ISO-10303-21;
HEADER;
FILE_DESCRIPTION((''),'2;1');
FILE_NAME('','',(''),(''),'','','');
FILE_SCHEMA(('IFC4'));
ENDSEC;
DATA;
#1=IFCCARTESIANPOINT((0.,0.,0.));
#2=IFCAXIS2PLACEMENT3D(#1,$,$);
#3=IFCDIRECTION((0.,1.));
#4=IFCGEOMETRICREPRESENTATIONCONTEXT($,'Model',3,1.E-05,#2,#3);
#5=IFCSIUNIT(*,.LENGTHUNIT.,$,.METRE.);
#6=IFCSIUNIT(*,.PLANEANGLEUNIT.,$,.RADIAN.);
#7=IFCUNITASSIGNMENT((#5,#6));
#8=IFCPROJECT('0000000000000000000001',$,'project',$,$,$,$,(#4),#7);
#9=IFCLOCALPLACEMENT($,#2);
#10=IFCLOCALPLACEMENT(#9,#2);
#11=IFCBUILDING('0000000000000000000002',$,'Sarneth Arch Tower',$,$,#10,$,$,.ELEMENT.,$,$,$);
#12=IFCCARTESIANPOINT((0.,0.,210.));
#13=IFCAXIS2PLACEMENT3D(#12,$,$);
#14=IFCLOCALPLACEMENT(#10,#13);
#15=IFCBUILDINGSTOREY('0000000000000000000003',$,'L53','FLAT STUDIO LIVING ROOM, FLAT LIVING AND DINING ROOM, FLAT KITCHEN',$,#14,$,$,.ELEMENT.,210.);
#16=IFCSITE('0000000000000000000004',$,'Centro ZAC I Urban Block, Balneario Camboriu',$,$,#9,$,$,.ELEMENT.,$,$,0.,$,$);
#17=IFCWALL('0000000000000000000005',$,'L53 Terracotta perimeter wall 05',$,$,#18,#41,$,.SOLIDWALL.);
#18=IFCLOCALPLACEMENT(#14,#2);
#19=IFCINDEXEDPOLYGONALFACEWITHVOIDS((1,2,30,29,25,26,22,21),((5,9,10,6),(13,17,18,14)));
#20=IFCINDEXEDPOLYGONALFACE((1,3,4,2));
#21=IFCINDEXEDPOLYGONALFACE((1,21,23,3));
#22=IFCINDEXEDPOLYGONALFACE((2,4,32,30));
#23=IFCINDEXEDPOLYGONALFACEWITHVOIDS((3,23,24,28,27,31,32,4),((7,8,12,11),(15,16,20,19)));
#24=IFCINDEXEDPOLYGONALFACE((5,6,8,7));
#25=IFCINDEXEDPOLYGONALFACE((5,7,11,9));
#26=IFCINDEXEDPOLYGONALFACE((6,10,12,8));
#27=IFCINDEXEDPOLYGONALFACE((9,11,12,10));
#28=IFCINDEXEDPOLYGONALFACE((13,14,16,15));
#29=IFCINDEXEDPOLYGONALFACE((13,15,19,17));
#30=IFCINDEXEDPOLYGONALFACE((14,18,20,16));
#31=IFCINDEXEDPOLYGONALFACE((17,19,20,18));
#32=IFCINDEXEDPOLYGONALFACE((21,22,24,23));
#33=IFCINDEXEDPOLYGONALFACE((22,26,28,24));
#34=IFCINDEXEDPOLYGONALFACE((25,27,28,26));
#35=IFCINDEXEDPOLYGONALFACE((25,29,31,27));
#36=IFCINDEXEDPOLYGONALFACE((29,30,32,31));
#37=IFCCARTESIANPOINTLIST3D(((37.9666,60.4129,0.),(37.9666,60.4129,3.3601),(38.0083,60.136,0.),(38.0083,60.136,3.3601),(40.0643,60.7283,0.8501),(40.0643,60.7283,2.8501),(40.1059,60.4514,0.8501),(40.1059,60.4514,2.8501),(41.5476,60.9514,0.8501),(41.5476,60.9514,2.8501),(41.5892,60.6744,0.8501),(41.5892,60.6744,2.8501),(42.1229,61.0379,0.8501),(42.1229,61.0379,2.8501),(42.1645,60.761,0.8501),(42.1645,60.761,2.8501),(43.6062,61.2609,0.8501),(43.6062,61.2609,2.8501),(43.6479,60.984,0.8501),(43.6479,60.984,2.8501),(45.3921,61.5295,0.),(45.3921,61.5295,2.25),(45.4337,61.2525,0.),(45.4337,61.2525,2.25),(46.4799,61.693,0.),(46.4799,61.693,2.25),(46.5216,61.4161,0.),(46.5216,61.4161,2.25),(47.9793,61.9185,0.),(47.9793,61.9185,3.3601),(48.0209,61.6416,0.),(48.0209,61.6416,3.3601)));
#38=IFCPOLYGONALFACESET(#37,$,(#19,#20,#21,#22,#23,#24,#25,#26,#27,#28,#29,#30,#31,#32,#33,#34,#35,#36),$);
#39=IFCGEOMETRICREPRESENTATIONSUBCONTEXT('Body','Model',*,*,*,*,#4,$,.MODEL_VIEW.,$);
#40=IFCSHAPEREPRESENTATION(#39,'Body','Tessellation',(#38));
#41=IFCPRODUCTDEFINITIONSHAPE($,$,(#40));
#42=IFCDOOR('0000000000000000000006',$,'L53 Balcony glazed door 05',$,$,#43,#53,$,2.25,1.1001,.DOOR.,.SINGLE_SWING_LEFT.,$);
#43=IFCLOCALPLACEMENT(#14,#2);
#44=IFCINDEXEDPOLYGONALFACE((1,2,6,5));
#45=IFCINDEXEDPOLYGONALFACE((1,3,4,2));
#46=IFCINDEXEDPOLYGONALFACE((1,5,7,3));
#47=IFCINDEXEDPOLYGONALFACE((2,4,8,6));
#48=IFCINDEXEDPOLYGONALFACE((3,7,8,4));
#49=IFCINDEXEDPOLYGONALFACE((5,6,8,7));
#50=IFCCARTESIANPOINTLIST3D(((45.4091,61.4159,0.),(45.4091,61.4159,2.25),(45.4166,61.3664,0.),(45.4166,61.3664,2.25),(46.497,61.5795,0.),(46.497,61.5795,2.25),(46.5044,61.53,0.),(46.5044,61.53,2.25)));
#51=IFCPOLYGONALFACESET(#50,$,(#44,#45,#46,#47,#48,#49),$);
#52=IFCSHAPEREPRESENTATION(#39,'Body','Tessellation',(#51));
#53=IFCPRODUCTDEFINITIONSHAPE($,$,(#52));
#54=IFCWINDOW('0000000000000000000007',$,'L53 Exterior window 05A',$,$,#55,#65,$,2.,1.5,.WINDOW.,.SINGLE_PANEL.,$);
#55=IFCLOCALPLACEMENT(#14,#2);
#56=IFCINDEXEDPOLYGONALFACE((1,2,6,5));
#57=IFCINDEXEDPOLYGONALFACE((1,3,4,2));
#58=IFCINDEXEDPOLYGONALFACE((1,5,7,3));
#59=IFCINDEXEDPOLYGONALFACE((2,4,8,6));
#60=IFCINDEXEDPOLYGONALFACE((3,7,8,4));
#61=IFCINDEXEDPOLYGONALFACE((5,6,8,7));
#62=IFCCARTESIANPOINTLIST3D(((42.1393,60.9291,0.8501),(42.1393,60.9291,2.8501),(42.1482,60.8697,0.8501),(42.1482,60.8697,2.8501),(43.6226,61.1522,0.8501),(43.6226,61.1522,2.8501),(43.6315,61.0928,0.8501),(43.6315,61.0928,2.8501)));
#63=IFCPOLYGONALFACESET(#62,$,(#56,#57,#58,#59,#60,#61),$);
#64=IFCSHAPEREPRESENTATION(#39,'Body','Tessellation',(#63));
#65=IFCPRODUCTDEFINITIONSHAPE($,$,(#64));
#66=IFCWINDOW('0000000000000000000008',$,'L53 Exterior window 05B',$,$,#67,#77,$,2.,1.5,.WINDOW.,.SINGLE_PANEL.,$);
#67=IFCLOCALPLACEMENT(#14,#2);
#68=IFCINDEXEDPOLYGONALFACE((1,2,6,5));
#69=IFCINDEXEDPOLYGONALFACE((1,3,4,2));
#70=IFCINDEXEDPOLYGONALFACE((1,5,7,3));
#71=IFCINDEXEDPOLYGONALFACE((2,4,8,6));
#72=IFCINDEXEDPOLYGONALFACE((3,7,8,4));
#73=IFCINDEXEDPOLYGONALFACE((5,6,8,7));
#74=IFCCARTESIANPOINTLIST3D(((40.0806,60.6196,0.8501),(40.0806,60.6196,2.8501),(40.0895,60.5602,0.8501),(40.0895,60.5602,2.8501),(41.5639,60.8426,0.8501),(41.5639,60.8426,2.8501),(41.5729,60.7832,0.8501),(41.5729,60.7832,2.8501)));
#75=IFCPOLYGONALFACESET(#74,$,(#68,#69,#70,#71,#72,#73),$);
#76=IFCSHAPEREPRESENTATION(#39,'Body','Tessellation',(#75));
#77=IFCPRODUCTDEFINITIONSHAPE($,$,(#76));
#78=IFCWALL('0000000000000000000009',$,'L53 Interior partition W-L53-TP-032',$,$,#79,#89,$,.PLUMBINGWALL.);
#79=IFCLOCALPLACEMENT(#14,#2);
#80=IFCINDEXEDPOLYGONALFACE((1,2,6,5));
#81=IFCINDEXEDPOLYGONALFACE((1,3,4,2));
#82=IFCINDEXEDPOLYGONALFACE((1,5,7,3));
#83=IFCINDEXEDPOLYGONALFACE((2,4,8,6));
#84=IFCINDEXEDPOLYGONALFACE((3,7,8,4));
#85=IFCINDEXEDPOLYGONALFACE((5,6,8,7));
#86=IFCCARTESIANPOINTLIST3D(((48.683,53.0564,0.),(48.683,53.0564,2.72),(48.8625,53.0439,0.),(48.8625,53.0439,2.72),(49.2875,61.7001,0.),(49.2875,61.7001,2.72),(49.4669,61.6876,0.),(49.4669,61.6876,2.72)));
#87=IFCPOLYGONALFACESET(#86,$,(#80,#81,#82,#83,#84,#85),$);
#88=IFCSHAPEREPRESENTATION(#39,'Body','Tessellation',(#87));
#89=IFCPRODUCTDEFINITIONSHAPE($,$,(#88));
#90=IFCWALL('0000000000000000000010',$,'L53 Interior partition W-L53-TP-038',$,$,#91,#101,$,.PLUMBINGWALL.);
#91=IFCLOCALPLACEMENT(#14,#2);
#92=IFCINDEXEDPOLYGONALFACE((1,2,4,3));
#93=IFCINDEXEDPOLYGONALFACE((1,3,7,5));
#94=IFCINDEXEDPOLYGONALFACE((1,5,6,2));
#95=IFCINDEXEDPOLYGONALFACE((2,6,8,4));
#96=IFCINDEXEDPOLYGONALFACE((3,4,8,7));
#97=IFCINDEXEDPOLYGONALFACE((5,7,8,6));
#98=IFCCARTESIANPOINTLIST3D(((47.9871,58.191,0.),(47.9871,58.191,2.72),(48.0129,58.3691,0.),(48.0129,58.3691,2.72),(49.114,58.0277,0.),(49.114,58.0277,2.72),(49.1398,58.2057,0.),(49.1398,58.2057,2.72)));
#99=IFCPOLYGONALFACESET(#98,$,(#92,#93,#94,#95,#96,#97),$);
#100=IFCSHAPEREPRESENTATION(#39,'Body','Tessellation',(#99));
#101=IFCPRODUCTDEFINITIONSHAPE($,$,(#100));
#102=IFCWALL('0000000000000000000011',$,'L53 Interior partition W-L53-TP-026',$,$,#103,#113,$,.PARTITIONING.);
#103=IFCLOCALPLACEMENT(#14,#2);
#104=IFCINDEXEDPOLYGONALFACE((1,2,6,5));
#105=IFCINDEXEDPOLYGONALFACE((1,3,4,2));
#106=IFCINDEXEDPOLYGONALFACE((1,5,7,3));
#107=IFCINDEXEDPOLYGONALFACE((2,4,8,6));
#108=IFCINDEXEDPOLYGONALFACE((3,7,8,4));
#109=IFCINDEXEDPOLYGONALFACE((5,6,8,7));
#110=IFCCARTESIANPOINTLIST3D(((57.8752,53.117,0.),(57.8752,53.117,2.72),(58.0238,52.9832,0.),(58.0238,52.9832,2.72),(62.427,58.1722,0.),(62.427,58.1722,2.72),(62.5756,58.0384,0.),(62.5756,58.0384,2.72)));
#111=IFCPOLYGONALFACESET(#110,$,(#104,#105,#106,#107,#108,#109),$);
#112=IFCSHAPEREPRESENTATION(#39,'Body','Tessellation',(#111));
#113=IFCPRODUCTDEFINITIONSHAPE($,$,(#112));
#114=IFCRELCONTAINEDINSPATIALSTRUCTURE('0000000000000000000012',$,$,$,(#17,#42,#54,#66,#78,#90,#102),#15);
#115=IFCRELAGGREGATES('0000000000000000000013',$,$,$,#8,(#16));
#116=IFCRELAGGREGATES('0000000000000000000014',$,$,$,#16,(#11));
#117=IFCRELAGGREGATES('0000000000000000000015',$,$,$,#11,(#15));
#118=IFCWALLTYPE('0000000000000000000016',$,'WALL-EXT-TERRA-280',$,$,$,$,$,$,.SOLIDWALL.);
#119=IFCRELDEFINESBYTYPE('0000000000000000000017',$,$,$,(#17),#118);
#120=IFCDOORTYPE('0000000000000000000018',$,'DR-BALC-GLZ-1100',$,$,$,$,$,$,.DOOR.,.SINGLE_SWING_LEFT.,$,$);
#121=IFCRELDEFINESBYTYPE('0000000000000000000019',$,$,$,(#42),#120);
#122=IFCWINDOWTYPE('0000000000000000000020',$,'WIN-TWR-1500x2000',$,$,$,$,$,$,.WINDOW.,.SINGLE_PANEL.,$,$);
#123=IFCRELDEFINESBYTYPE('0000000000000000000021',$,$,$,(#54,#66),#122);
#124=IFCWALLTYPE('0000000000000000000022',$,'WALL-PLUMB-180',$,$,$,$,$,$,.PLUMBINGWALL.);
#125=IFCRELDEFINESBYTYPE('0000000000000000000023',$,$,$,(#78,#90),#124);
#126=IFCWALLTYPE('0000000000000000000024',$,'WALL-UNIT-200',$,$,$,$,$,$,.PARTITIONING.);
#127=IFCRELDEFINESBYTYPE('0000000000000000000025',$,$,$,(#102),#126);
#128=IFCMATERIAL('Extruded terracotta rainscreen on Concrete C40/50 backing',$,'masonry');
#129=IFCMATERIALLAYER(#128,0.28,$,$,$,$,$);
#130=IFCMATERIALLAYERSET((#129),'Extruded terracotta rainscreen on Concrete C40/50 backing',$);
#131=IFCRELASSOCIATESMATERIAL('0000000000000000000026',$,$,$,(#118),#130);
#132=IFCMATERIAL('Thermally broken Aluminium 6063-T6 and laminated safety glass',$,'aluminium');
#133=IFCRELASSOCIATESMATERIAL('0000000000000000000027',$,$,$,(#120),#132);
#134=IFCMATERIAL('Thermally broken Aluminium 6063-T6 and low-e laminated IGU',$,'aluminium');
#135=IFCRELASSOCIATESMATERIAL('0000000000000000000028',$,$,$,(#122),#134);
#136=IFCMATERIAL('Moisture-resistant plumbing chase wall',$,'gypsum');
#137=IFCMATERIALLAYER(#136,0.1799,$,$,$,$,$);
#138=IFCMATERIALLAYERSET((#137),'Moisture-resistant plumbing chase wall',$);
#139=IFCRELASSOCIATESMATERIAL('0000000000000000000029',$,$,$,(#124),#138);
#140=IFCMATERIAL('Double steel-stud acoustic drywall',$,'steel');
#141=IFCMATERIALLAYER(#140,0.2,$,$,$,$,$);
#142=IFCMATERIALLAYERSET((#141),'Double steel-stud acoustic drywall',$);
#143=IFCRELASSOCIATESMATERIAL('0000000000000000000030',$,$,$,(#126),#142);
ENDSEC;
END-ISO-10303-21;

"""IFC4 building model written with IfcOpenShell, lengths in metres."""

from ifc_helpers import new_model, si_unit, direction, frame, frame_2d, origin, place, context, subcontext, project, spatial, rectangle, extrude, material, layer, layer_set, type_object, element, fill, save


model = new_model("IFC4")

# Units and contexts
model_context = context("Model", 3, precision=1e-05, world=origin(), true_north=direction((0.0, 1.0)))
body_context = subcontext(model_context, "Body", "Model", "MODEL_VIEW")
ifc_project = project(units=[si_unit("LENGTHUNIT", "METRE"), si_unit("PLANEANGLEUNIT", "RADIAN")], contexts=[model_context])

# Site, building, storey
site_placement = place(None, origin())
site = spatial("IfcSite", under=ifc_project, at=site_placement, Name="Centro ZAC I Urban Block, Balneario Camboriu", CompositionType="ELEMENT", RefElevation=0.0)
building_placement = place(site_placement, origin())
building = spatial("IfcBuilding", under=site, at=building_placement, Name="Sarneth Arch Tower", CompositionType="ELEMENT")
storey_placement = place(building_placement, frame((0.0, 0.0, 210.0)))
storey = spatial("IfcBuildingStorey", under=building, at=storey_placement, Name="L53", Description="FLAT STUDIO LIVING ROOM, FLAT LIVING AND DINING ROOM, FLAT KITCHEN", CompositionType="ELEMENT", Elevation=210.0)

# Wall, openings, door, windows
ifc_material_1 = material(Name="Extruded terracotta rainscreen on Concrete C40/50 backing", Category="masonry")
ifc_layer_1 = layer(ifc_material_1, 0.28)
ifc_layer_set_1 = layer_set([ifc_layer_1], Name="Extruded terracotta rainscreen on Concrete C40/50 backing")
wall_type_1 = type_object("IfcWallType", Name="WALL-EXT-TERRA-280", PredefinedType="SOLIDWALL", material=ifc_layer_set_1)
wall_1_placement = place(storey_placement, frame((48.0, 61.78, 0.0), z_axis=(0.0, 0.0, 1.0), x_axis=(-0.988883, -0.148699, 0.0)))
wall_1 = element("IfcWall", 1, at=wall_1_placement, inside=storey, type_object=wall_type_1, Name="L53 Terracotta perimeter wall 05", PredefinedType="SOLIDWALL", context=body_context, shape_type="SweptSolid", body=[
    extrude(rectangle(XDim=10.1252, YDim=0.28, at=frame_2d((5.0625, 0.0))), origin(), (0.0, 0.0, 1.0), 3.3601),
])
opening_1_placement = place(wall_1_placement, frame((1.5161, 0.0, 0.0)))
opening_1 = element("IfcOpeningElement", 2, at=opening_1_placement, cuts=wall_1, PredefinedType="OPENING", context=body_context, shape_type="SweptSolid", body=[
    extrude(rectangle(XDim=1.1001, YDim=2.25, at=frame_2d((0.55, 1.125))), frame((0.0, 0.1499, 0.0), z_axis=(0.0, -1.0, 0.0), x_axis=(1.0, 0.0, 0.0)), (0.0, 0.0, 1.0), 0.3),
])
opening_2_placement = place(wall_1_placement, frame((4.4221, 0.0, 0.8501)))
opening_2 = element("IfcOpeningElement", 3, at=opening_2_placement, cuts=wall_1, PredefinedType="OPENING", context=body_context, shape_type="SweptSolid", body=[
    extrude(rectangle(XDim=1.5, YDim=2.0, at=frame_2d((0.75, 1.0))), frame((0.0, 0.1499, 0.0), z_axis=(0.0, -1.0, 0.0), x_axis=(1.0, 0.0, 0.0)), (0.0, 0.0, 1.0), 0.3),
])
opening_3_placement = place(wall_1_placement, frame((6.5039, 0.0, 0.8501)))
opening_3 = element("IfcOpeningElement", 4, at=opening_3_placement, cuts=wall_1, PredefinedType="OPENING", context=body_context, shape_type="SweptSolid", body=[
    extrude(rectangle(XDim=1.5, YDim=2.0, at=frame_2d((0.75, 1.0))), frame((0.0, 0.1499, 0.0), z_axis=(0.0, -1.0, 0.0), x_axis=(1.0, 0.0, 0.0)), (0.0, 0.0, 1.0), 0.3),
])
ifc_material_2 = material(Name="Thermally broken Aluminium 6063-T6 and laminated safety glass", Category="aluminium")
door_type = type_object("IfcDoorType", Name="DR-BALC-GLZ-1100", OperationType="SINGLE_SWING_LEFT", PredefinedType="DOOR", material=ifc_material_2)
door_placement = place(opening_1_placement, origin())
door = element("IfcDoor", 5, at=door_placement, inside=storey, type_object=door_type, Name="L53 Balcony glazed door 05", OperationType="SINGLE_SWING_LEFT", OverallHeight=2.25, OverallWidth=1.1001, PredefinedType="DOOR", context=body_context, shape_type="SweptSolid", body=[
    extrude(rectangle(XDim=1.1001, YDim=2.25, at=frame_2d((0.55, 1.125))), frame((0.0, 0.0249, 0.0), z_axis=(0.0, -1.0, 0.0), x_axis=(1.0, 0.0, 0.0)), (0.0, 0.0, 1.0), 0.05),
])
fill(opening_1, door)
ifc_material_3 = material(Name="Thermally broken Aluminium 6063-T6 and low-e laminated IGU", Category="aluminium")
window_type = type_object("IfcWindowType", Name="WIN-TWR-1500x2000", PartitioningType="SINGLE_PANEL", PredefinedType="WINDOW", material=ifc_material_3)
window_1_placement = place(opening_2_placement, origin())
window_1 = element("IfcWindow", 6, at=window_1_placement, inside=storey, type_object=window_type, Name="L53 Exterior window 05A", OverallHeight=2.0, OverallWidth=1.5, PartitioningType="SINGLE_PANEL", PredefinedType="WINDOW", context=body_context, shape_type="SweptSolid", body=[
    extrude(rectangle(XDim=1.5, YDim=2.0, at=frame_2d((0.75, 1.0))), frame((0.0, 0.03, 0.0), z_axis=(0.0, -1.0, 0.0), x_axis=(1.0, 0.0, 0.0)), (0.0, 0.0, 1.0), 0.0601),
])
fill(opening_2, window_1)
window_2_placement = place(opening_3_placement, origin())
window_2 = element("IfcWindow", 7, at=window_2_placement, inside=storey, type_object=window_type, Name="L53 Exterior window 05B", OverallHeight=2.0, OverallWidth=1.5, PartitioningType="SINGLE_PANEL", PredefinedType="WINDOW", context=body_context, shape_type="SweptSolid", body=[
    extrude(rectangle(XDim=1.5, YDim=2.0, at=frame_2d((0.75, 1.0))), frame((0.0, 0.03, 0.0), z_axis=(0.0, -1.0, 0.0), x_axis=(1.0, 0.0, 0.0)), (0.0, 0.0, 1.0), 0.0601),
])
fill(opening_3, window_2)

# Walls
ifc_material_4 = material(Name="Moisture-resistant plumbing chase wall", Category="gypsum")
ifc_layer_2 = layer(ifc_material_4, 0.1799)
ifc_layer_set_2 = layer_set([ifc_layer_2], Name="Moisture-resistant plumbing chase wall")
wall_type_2 = type_object("IfcWallType", Name="WALL-PLUMB-180", PredefinedType="PLUMBINGWALL", material=ifc_layer_set_2)
wall_2_placement = place(storey_placement, frame((48.7727, 53.05, 0.0), z_axis=(0.0, 0.0, 1.0), x_axis=(0.069763, 0.997564, 0.0)))
element("IfcWall", 8, at=wall_2_placement, inside=storey, type_object=wall_type_2, Name="L53 Interior partition W-L53-TP-032", PredefinedType="PLUMBINGWALL", context=body_context, shape_type="SweptSolid", body=[
    extrude(rectangle(XDim=8.6648, YDim=0.1799, at=frame_2d((4.3325, 0.0))), origin(), (0.0, 0.0, 1.0), 2.72),
])
wall_3_placement = place(storey_placement, frame((48.0, 58.28, 0.0), z_axis=(0.0, 0.0, 1.0), x_axis=(0.98966, -0.143432, 0.0)))
element("IfcWall", 9, at=wall_3_placement, inside=storey, type_object=wall_type_2, Name="L53 Interior partition W-L53-TP-038", PredefinedType="PLUMBINGWALL", context=body_context, shape_type="SweptSolid", body=[
    extrude(rectangle(XDim=1.1387, YDim=0.1799, at=frame_2d((0.5693, 0.0))), origin(), (0.0, 0.0, 1.0), 2.72),
])
ifc_material_5 = material(Name="Double steel-stud acoustic drywall", Category="steel")
ifc_layer_3 = layer(ifc_material_5, 0.2)
ifc_layer_set_3 = layer_set([ifc_layer_3], Name="Double steel-stud acoustic drywall")
wall_type_3 = type_object("IfcWallType", Name="WALL-UNIT-200", PredefinedType="PARTITIONING", material=ifc_layer_set_3)
wall_4_placement = place(storey_placement, frame((57.9495, 53.05, 0.0), z_axis=(0.0, 0.0, 1.0), x_axis=(0.669135, 0.743141, 0.0)))
element("IfcWall", 10, at=wall_4_placement, inside=storey, type_object=wall_type_3, Name="L53 Interior partition W-L53-TP-026", PredefinedType="PARTITIONING", context=body_context, shape_type="SweptSolid", body=[
    extrude(rectangle(XDim=6.8025, YDim=0.2, at=frame_2d((3.4014, 0.0))), origin(), (0.0, 0.0, 1.0), 2.72),
])

save(model, "model.ifc")
